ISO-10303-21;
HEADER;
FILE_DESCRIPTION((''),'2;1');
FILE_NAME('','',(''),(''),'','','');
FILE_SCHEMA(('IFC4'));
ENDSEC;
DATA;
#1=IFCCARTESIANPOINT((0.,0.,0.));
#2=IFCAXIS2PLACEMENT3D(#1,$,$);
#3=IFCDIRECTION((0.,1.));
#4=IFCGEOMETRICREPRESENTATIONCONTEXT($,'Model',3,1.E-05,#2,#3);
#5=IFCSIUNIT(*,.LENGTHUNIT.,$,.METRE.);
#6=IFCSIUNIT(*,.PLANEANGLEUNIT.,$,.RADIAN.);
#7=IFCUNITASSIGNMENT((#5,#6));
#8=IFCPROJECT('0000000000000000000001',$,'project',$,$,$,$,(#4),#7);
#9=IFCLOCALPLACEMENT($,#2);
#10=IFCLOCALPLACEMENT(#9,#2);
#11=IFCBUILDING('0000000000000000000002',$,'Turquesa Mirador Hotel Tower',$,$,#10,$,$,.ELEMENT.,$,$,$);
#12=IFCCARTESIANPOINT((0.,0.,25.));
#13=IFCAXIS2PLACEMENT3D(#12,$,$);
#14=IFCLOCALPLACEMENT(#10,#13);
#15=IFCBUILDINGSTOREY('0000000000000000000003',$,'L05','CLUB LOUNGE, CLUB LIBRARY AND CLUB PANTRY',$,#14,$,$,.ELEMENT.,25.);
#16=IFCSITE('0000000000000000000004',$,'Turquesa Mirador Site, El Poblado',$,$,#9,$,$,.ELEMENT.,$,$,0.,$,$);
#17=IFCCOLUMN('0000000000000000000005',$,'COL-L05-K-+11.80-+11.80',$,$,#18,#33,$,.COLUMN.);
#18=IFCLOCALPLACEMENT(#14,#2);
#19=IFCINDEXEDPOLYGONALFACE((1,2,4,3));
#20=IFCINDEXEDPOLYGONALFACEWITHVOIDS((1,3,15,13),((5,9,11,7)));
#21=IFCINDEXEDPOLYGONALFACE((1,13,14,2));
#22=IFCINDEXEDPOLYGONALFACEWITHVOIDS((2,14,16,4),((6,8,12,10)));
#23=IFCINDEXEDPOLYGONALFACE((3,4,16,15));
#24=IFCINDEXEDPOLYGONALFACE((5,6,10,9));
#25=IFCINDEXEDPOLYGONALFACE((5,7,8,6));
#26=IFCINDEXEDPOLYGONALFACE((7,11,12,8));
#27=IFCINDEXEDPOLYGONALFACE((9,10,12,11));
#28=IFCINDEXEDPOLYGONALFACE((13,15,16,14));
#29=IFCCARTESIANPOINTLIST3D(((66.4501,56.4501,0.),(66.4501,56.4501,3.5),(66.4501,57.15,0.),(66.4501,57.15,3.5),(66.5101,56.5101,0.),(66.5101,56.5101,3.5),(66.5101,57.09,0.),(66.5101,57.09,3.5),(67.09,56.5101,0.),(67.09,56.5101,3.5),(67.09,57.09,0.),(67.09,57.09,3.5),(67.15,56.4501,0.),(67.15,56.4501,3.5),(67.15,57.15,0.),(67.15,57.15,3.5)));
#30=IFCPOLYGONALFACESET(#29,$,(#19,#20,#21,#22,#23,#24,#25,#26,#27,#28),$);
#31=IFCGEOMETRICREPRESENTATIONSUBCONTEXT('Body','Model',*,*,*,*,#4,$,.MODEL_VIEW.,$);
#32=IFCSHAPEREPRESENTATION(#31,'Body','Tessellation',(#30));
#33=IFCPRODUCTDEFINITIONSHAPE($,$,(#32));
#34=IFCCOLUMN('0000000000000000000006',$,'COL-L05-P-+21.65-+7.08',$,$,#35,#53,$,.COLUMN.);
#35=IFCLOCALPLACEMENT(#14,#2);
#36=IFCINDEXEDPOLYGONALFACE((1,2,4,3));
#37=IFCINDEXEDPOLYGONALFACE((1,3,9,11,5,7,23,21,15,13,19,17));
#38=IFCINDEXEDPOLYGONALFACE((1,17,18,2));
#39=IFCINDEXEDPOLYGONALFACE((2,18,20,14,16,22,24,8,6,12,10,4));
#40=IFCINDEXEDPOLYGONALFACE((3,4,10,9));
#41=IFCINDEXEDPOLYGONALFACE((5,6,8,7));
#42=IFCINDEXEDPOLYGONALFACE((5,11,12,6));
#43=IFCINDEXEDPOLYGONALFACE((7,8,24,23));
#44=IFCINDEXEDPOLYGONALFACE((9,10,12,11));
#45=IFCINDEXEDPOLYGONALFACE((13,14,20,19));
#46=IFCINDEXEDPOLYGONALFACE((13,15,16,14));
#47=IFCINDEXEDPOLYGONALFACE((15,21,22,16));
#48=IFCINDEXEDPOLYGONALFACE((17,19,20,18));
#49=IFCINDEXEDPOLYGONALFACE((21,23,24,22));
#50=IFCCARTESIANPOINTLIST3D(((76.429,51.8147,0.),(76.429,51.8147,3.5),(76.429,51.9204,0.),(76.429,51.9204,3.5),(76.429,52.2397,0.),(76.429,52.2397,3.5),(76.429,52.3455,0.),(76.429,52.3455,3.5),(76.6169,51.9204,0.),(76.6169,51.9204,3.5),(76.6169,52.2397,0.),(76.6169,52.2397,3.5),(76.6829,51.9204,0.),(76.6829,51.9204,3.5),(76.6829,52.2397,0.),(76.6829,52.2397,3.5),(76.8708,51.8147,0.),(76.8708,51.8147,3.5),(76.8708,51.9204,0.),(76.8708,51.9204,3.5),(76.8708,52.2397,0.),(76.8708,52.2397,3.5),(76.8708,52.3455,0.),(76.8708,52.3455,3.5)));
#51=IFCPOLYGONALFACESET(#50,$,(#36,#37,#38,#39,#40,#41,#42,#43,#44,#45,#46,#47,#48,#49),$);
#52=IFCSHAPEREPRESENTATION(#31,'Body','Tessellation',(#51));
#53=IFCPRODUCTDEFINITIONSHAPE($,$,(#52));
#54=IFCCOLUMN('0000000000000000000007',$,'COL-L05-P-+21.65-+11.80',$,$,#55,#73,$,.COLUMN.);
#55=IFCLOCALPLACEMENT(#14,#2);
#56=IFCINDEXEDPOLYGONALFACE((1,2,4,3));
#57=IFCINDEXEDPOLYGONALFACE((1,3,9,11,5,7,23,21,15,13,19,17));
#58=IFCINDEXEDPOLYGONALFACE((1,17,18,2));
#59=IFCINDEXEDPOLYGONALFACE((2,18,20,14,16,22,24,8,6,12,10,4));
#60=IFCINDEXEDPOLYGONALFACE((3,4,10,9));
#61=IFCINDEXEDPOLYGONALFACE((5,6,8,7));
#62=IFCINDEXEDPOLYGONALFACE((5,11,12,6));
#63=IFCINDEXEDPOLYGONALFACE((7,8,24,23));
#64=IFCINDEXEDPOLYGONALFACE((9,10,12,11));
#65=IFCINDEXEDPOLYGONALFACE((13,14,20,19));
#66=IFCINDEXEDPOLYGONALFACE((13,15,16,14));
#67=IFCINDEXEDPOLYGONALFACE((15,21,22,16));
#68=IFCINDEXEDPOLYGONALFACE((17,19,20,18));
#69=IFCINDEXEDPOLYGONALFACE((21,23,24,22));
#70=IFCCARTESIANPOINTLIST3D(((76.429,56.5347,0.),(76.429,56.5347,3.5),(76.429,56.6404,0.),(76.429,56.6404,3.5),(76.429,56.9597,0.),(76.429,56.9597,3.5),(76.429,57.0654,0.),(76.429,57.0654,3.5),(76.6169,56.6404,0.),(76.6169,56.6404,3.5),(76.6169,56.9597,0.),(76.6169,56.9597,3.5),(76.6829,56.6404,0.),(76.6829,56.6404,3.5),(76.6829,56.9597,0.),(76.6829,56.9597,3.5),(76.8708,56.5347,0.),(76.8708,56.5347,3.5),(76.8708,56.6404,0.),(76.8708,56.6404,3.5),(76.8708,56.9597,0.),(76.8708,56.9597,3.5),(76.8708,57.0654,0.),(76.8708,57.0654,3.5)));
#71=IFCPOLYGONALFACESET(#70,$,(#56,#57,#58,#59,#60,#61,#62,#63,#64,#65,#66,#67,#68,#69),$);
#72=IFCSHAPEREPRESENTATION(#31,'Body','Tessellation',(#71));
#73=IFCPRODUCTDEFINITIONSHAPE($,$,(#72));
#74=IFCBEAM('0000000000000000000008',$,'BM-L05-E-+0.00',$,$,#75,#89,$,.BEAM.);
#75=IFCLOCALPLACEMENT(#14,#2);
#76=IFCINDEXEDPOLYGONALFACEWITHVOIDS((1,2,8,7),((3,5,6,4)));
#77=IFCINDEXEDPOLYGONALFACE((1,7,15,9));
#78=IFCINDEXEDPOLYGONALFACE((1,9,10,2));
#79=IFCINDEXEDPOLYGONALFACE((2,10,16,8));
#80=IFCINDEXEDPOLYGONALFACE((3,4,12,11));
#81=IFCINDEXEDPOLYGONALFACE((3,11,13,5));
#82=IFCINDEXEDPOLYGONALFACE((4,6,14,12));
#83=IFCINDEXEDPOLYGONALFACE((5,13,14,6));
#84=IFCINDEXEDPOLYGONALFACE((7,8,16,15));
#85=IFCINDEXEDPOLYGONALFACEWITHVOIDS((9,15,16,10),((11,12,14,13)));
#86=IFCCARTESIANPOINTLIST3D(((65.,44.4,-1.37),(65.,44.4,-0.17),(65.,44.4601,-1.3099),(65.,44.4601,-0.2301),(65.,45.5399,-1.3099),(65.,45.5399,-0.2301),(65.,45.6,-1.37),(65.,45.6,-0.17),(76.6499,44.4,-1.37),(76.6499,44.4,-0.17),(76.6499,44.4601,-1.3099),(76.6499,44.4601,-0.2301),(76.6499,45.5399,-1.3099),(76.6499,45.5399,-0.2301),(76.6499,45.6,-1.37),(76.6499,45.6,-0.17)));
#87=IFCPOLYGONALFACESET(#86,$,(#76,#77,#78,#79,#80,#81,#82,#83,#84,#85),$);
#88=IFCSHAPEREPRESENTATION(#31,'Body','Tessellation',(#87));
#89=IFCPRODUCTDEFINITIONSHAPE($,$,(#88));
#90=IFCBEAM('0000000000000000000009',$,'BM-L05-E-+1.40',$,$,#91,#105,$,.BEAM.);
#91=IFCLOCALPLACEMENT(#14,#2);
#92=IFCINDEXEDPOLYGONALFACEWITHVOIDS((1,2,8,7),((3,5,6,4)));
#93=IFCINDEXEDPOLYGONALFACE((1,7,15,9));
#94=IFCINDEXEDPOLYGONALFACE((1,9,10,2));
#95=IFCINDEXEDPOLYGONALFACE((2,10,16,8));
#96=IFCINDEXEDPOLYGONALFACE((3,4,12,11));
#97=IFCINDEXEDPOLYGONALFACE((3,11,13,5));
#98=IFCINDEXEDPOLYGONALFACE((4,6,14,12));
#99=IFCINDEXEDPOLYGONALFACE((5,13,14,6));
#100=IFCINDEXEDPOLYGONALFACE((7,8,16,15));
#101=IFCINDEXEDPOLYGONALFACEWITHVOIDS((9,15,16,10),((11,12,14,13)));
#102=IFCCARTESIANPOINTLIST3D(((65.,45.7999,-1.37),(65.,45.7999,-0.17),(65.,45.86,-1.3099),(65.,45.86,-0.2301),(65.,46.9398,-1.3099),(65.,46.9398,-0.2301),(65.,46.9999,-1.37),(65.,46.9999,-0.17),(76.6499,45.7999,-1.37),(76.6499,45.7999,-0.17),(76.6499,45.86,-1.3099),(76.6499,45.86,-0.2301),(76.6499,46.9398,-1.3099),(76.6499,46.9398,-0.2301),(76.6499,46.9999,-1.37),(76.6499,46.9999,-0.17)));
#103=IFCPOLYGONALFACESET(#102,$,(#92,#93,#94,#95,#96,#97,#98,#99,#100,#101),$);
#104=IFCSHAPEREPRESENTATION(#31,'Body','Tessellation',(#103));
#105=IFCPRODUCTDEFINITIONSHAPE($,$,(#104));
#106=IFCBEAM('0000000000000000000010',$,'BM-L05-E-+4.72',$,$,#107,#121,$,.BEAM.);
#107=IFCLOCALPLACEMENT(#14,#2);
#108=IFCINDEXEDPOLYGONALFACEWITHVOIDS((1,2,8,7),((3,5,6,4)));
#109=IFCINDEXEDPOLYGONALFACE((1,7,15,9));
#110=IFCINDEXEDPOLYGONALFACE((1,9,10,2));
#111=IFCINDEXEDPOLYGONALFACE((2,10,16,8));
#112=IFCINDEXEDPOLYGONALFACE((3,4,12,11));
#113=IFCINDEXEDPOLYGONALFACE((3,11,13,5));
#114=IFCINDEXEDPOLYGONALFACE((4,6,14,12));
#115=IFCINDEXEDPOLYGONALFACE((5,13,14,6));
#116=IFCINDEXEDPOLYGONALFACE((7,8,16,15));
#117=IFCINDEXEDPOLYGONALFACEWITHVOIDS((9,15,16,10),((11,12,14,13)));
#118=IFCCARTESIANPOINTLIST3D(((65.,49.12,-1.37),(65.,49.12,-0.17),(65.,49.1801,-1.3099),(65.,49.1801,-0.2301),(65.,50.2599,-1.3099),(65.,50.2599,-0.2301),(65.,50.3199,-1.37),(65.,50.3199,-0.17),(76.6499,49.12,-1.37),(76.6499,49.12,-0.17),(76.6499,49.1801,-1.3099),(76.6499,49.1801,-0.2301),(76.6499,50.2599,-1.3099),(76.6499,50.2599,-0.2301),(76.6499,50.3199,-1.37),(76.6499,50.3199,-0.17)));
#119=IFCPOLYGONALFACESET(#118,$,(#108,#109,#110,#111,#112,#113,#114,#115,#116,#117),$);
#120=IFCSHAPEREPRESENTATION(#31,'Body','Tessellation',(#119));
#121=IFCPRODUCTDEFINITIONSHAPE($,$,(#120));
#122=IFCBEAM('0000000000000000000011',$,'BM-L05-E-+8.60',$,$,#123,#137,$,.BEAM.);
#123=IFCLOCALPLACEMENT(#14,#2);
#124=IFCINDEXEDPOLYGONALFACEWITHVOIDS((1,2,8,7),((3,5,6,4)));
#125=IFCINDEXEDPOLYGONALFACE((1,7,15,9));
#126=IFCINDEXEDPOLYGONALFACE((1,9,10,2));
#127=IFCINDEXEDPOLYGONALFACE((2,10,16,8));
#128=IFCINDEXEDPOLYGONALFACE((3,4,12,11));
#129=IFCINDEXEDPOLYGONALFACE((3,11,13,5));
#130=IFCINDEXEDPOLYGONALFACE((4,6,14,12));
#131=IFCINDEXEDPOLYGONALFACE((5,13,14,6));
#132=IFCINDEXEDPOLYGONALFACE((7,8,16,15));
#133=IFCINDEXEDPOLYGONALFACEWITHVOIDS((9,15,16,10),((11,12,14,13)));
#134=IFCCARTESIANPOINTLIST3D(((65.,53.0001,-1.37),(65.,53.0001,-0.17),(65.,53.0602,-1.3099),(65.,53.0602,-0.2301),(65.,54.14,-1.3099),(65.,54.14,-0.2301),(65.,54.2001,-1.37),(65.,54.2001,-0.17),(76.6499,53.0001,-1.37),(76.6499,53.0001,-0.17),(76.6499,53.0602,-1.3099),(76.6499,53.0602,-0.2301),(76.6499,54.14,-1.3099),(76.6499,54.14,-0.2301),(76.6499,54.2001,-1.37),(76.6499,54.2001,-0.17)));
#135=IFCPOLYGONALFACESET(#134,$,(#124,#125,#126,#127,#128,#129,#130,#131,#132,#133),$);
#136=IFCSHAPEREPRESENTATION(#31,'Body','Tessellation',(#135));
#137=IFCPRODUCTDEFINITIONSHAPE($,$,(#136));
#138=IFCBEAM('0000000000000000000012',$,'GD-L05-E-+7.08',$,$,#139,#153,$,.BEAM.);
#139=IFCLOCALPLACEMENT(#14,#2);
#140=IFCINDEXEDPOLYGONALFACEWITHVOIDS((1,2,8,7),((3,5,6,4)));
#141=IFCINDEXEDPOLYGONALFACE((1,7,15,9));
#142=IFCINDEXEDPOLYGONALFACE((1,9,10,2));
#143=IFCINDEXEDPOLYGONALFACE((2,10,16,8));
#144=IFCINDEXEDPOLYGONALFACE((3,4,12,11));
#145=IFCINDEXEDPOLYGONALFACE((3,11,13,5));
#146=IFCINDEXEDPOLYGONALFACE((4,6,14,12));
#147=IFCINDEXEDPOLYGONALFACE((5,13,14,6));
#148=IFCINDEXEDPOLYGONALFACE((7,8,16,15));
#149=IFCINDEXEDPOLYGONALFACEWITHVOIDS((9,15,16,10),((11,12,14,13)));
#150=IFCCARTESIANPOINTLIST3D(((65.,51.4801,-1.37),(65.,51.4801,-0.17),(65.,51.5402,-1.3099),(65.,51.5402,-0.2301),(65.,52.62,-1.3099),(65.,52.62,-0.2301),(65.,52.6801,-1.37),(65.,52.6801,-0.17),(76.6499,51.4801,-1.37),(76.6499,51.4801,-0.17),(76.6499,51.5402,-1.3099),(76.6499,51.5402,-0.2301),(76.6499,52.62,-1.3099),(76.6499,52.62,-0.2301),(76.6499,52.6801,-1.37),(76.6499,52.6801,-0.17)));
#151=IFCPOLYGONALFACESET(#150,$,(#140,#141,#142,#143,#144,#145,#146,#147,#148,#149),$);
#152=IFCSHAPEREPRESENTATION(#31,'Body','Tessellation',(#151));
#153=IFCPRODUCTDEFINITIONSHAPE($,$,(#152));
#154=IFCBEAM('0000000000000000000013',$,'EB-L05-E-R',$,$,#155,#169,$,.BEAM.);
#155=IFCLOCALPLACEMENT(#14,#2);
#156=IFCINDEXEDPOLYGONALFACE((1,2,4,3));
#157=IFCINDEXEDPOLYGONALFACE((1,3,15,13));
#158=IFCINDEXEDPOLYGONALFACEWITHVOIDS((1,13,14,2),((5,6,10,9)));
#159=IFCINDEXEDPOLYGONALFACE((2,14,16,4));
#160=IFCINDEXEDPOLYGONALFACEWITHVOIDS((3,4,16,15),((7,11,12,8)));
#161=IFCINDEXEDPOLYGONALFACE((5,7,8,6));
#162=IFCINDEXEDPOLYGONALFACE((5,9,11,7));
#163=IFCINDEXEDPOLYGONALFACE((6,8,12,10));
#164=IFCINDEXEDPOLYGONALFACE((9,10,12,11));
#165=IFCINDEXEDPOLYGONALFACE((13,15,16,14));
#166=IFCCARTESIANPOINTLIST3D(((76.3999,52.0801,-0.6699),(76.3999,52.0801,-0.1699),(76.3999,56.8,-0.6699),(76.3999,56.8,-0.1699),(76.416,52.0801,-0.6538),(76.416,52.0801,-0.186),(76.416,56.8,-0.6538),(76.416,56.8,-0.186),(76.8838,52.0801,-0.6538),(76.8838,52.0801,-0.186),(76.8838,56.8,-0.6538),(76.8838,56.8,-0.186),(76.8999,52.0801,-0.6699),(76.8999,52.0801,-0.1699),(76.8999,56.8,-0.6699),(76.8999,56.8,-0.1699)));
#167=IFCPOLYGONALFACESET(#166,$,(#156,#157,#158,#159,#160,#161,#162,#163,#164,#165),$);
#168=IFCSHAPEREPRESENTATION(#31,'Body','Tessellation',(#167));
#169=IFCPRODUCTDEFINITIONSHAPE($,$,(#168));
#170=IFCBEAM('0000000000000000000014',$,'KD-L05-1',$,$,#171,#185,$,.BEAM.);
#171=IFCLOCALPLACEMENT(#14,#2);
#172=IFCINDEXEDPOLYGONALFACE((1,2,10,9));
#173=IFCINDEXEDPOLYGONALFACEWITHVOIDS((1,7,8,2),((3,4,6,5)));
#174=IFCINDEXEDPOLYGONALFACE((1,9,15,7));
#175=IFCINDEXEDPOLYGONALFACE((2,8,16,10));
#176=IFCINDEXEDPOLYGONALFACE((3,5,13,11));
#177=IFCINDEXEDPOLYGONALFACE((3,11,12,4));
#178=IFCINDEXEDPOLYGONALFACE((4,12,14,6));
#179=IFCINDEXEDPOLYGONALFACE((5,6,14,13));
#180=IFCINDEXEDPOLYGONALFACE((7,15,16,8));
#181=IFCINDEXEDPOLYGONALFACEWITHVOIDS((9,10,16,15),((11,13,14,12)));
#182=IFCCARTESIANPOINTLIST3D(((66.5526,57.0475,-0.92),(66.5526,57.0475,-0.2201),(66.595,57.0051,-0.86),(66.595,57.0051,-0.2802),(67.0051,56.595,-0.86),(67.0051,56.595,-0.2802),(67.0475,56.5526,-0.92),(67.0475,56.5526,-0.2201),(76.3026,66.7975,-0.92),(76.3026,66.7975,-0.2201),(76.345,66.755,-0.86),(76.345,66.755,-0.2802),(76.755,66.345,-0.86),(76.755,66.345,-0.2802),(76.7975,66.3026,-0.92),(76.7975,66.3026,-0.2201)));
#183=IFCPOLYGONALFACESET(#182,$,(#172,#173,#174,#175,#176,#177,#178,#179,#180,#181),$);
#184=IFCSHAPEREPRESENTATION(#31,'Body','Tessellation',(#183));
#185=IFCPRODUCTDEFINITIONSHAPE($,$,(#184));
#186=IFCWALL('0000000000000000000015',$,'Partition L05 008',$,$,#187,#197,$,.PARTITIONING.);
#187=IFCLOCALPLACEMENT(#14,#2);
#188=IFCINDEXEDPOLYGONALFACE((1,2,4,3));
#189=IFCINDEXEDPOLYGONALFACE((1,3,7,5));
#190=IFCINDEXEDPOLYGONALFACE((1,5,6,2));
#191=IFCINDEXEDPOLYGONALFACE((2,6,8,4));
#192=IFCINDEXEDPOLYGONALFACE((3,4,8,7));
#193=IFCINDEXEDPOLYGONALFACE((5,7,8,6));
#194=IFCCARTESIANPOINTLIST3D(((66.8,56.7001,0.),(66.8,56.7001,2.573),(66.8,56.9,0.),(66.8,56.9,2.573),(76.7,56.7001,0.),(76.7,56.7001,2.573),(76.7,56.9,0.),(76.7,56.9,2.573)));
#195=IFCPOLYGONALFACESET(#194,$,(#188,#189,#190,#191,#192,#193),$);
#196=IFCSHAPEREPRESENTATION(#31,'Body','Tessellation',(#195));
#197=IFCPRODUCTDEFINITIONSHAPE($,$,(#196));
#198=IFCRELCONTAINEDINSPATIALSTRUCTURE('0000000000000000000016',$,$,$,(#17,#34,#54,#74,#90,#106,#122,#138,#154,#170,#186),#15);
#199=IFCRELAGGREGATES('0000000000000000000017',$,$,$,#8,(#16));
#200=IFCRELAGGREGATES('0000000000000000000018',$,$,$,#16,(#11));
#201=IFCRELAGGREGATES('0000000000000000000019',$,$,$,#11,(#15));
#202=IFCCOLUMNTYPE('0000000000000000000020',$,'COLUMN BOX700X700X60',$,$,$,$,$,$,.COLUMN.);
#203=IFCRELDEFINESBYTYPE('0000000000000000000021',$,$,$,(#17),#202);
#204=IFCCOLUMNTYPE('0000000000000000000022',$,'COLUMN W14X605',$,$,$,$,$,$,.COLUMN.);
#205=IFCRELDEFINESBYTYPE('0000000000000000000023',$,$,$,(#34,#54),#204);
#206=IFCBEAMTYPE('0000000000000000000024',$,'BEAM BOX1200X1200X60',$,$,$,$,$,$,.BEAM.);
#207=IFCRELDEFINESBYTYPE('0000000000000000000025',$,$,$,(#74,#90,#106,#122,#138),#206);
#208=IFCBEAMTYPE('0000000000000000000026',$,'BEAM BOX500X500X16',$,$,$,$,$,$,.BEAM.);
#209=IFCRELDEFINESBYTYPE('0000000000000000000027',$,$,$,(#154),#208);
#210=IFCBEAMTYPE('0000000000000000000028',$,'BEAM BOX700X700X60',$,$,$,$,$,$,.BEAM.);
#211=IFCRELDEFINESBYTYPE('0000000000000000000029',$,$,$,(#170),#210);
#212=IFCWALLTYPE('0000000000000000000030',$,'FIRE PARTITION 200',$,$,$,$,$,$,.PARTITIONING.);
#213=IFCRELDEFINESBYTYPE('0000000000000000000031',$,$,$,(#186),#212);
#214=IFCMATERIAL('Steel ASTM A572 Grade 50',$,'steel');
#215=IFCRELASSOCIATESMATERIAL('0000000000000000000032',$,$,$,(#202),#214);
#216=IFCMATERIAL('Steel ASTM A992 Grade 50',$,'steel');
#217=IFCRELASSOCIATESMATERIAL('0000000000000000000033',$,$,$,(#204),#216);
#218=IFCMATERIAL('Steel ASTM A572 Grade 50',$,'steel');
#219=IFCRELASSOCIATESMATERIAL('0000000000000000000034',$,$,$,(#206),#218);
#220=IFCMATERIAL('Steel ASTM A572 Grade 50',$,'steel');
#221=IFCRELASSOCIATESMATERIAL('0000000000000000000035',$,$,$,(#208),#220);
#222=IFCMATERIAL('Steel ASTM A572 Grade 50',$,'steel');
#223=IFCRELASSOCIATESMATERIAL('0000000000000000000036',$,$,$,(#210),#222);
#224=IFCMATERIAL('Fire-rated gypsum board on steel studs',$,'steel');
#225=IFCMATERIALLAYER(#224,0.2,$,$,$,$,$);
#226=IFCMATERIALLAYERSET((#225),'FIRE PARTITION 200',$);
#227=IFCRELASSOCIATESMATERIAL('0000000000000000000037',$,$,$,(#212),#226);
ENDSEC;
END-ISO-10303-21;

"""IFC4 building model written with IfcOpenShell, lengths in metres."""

from ifc_helpers import new_model, si_unit, direction, frame, frame_2d, origin, origin_2d, place, context, subcontext, project, spatial, rectangle, hollow_rectangle, i_section, extrude, material, layer, layer_set, material_profile, profile_set, type_object, element, save


model = new_model("IFC4")

# Units and contexts
model_context = context("Model", 3, precision=1e-05, world=origin(), true_north=direction((0.0, 1.0)))
body_context = subcontext(model_context, "Body", "Model", "MODEL_VIEW")
ifc_project = project(units=[si_unit("LENGTHUNIT", "METRE"), si_unit("PLANEANGLEUNIT", "RADIAN")], contexts=[model_context])

# Site, building, storey
site_placement = place(None, origin())
site = spatial("IfcSite", under=ifc_project, at=site_placement, Name="Turquesa Mirador Site, El Poblado", CompositionType="ELEMENT", RefElevation=0.0)
building_placement = place(site_placement, origin())
building = spatial("IfcBuilding", under=site, at=building_placement, Name="Turquesa Mirador Hotel Tower", CompositionType="ELEMENT")
storey_placement = place(building_placement, frame((0.0, 0.0, 25.0)))
storey = spatial("IfcBuildingStorey", under=building, at=storey_placement, Name="L05", Description="CLUB LOUNGE, CLUB LIBRARY AND CLUB PANTRY", CompositionType="ELEMENT", Elevation=25.0)

# Columns
ifc_material_1 = material(Name="Steel ASTM A572 Grade 50", Category="steel")
ifc_material_profile_1 = material_profile(ifc_material_1, hollow_rectangle(XDim=0.7, YDim=0.7, WallThickness=0.0601, at=origin_2d()), Name="BOX700X700X60")
ifc_profile_set_1 = profile_set([ifc_material_profile_1], Name="Steel ASTM A572 Grade 50")
column_type_1 = type_object("IfcColumnType", Name="COLUMN BOX700X700X60", PredefinedType="COLUMN", material=ifc_profile_set_1)
column_placement = place(storey_placement, frame((66.8, 56.8, 0.0), z_axis=(0.0, 0.0, 1.0), x_axis=(1.0, 0.0, 0.0)))
element("IfcColumn", 1, at=column_placement, inside=storey, type_object=column_type_1, Name="COL-L05-K-+11.80-+11.80", PredefinedType="COLUMN", context=body_context, shape_type="SweptSolid", body=[
    extrude(hollow_rectangle(XDim=0.7, YDim=0.7, WallThickness=0.0601, at=origin_2d()), origin(), (0.0, 0.0, 1.0), 3.5),
])
ifc_material_2 = material(Name="Steel ASTM A992 Grade 50", Category="steel")
ifc_material_profile_2 = material_profile(ifc_material_2, i_section(OverallWidth=0.4419, OverallDepth=0.5308, WebThickness=0.0659, FlangeThickness=0.1057, at=origin_2d()), Name="W14X605")
ifc_profile_set_2 = profile_set([ifc_material_profile_2], Name="Steel ASTM A992 Grade 50")
column_type_2 = type_object("IfcColumnType", Name="COLUMN W14X605", PredefinedType="COLUMN", material=ifc_profile_set_2)
for number, where, z_axis, x_axis, name in (
    (2, (76.6499, 52.0801, 0.0), (0.0, 0.0, 1.0), (1.0, 0.0, 0.0), "COL-L05-P-+21.65-+7.08"),
    (3, (76.6499, 56.8, 0.0), (0.0, 0.0, 1.0), (1.0, 0.0, 0.0), "COL-L05-P-+21.65-+11.80"),
):
    element("IfcColumn", number, at=place(storey_placement, frame(where, z_axis=z_axis, x_axis=x_axis)), inside=storey, type_object=column_type_2, Name=name, PredefinedType="COLUMN", context=body_context, shape_type="SweptSolid", body=[
        extrude(i_section(OverallWidth=0.4419, OverallDepth=0.5308, WebThickness=0.0659, FlangeThickness=0.1057, at=origin_2d()), origin(), (0.0, 0.0, 1.0), 3.5),
    ])

# Beams
ifc_material_3 = material(Name="Steel ASTM A572 Grade 50", Category="steel")
ifc_material_profile_3 = material_profile(ifc_material_3, hollow_rectangle(XDim=1.2, YDim=1.2, WallThickness=0.0601, at=origin_2d()), Name="BOX1200X1200X60")
ifc_profile_set_3 = profile_set([ifc_material_profile_3], Name="Steel ASTM A572 Grade 50")
beam_type_1 = type_object("IfcBeamType", Name="BEAM BOX1200X1200X60", PredefinedType="BEAM", material=ifc_profile_set_3)
for number, where, z_axis, x_axis, name in (
    (4, (76.6499, 45.0, -0.77), (-1.0, 0.0, 0.0), (0.0, -1.0, 0.0), "BM-L05-E-+0.00"),
    (5, (76.6499, 46.3999, -0.77), (-1.0, 0.0, 0.0), (0.0, -1.0, 0.0), "BM-L05-E-+1.40"),
    (6, (76.6499, 49.72, -0.77), (-1.0, 0.0, 0.0), (0.0, -1.0, 0.0), "BM-L05-E-+4.72"),
    (7, (76.6499, 53.6001, -0.77), (-1.0, 0.0, 0.0), (0.0, -1.0, 0.0), "BM-L05-E-+8.60"),
    (8, (76.6499, 52.0801, -0.77), (-1.0, 0.0, 0.0), (0.0, -1.0, 0.0), "GD-L05-E-+7.08"),
):
    element("IfcBeam", number, at=place(storey_placement, frame(where, z_axis=z_axis, x_axis=x_axis)), inside=storey, type_object=beam_type_1, Name=name, PredefinedType="BEAM", context=body_context, shape_type="SweptSolid", body=[
        extrude(hollow_rectangle(XDim=1.2, YDim=1.2, WallThickness=0.0601, at=origin_2d()), origin(), (0.0, 0.0, 1.0), 11.6499),
    ])
ifc_material_4 = material(Name="Steel ASTM A572 Grade 50", Category="steel")
ifc_material_profile_4 = material_profile(ifc_material_4, hollow_rectangle(XDim=0.5, YDim=0.5, WallThickness=0.0161, at=origin_2d()), Name="BOX500X500X16")
ifc_profile_set_4 = profile_set([ifc_material_profile_4], Name="Steel ASTM A572 Grade 50")
beam_type_2 = type_object("IfcBeamType", Name="BEAM BOX500X500X16", PredefinedType="BEAM", material=ifc_profile_set_4)
beam_1_placement = place(storey_placement, frame((76.6499, 52.0801, -0.4199), z_axis=(0.0, 1.0, 0.0), x_axis=(-1.0, 0.0, 0.0)))
element("IfcBeam", 9, at=beam_1_placement, inside=storey, type_object=beam_type_2, Name="EB-L05-E-R", PredefinedType="BEAM", context=body_context, shape_type="SweptSolid", body=[
    extrude(hollow_rectangle(XDim=0.5, YDim=0.5, WallThickness=0.0161, at=origin_2d()), origin(), (0.0, 0.0, 1.0), 4.72),
])
ifc_material_5 = material(Name="Steel ASTM A572 Grade 50", Category="steel")
ifc_material_profile_5 = material_profile(ifc_material_5, hollow_rectangle(XDim=0.7, YDim=0.7, WallThickness=0.0601, at=origin_2d()), Name="BOX700X700X60")
ifc_profile_set_5 = profile_set([ifc_material_profile_5], Name="Steel ASTM A572 Grade 50")
beam_type_3 = type_object("IfcBeamType", Name="BEAM BOX700X700X60", PredefinedType="BEAM", material=ifc_profile_set_5)
beam_2_placement = place(storey_placement, frame((66.8, 56.8, -0.5701), z_axis=(0.707107, 0.707107, 0.0), x_axis=(-0.707107, 0.707107, 0.0)))
element("IfcBeam", 10, at=beam_2_placement, inside=storey, type_object=beam_type_3, Name="KD-L05-1", PredefinedType="BEAM", context=body_context, shape_type="SweptSolid", body=[
    extrude(hollow_rectangle(XDim=0.7, YDim=0.7, WallThickness=0.0601, at=origin_2d()), origin(), (0.0, 0.0, 1.0), 13.7886),
])

# Wall
ifc_material_6 = material(Name="Fire-rated gypsum board on steel studs", Category="steel")
ifc_layer_1 = layer(ifc_material_6, 0.2)
ifc_layer_set_1 = layer_set([ifc_layer_1], Name="FIRE PARTITION 200")
wall_type_1 = type_object("IfcWallType", Name="FIRE PARTITION 200", PredefinedType="PARTITIONING", material=ifc_layer_set_1)
wall_1_placement = place(storey_placement, frame((66.8, 56.8, 0.0), z_axis=(0.0, 0.0, 1.0), x_axis=(1.0, 0.0, 0.0)))
element("IfcWall", 11, at=wall_1_placement, inside=storey, type_object=wall_type_1, Name="Partition L05 008", PredefinedType="PARTITIONING", context=body_context, shape_type="SweptSolid", body=[
    extrude(rectangle(XDim=9.8999, YDim=0.2, at=frame_2d((4.95, 0.0))), origin(), (0.0, 0.0, 1.0), 2.573),
])

save(model, "model.ifc")
